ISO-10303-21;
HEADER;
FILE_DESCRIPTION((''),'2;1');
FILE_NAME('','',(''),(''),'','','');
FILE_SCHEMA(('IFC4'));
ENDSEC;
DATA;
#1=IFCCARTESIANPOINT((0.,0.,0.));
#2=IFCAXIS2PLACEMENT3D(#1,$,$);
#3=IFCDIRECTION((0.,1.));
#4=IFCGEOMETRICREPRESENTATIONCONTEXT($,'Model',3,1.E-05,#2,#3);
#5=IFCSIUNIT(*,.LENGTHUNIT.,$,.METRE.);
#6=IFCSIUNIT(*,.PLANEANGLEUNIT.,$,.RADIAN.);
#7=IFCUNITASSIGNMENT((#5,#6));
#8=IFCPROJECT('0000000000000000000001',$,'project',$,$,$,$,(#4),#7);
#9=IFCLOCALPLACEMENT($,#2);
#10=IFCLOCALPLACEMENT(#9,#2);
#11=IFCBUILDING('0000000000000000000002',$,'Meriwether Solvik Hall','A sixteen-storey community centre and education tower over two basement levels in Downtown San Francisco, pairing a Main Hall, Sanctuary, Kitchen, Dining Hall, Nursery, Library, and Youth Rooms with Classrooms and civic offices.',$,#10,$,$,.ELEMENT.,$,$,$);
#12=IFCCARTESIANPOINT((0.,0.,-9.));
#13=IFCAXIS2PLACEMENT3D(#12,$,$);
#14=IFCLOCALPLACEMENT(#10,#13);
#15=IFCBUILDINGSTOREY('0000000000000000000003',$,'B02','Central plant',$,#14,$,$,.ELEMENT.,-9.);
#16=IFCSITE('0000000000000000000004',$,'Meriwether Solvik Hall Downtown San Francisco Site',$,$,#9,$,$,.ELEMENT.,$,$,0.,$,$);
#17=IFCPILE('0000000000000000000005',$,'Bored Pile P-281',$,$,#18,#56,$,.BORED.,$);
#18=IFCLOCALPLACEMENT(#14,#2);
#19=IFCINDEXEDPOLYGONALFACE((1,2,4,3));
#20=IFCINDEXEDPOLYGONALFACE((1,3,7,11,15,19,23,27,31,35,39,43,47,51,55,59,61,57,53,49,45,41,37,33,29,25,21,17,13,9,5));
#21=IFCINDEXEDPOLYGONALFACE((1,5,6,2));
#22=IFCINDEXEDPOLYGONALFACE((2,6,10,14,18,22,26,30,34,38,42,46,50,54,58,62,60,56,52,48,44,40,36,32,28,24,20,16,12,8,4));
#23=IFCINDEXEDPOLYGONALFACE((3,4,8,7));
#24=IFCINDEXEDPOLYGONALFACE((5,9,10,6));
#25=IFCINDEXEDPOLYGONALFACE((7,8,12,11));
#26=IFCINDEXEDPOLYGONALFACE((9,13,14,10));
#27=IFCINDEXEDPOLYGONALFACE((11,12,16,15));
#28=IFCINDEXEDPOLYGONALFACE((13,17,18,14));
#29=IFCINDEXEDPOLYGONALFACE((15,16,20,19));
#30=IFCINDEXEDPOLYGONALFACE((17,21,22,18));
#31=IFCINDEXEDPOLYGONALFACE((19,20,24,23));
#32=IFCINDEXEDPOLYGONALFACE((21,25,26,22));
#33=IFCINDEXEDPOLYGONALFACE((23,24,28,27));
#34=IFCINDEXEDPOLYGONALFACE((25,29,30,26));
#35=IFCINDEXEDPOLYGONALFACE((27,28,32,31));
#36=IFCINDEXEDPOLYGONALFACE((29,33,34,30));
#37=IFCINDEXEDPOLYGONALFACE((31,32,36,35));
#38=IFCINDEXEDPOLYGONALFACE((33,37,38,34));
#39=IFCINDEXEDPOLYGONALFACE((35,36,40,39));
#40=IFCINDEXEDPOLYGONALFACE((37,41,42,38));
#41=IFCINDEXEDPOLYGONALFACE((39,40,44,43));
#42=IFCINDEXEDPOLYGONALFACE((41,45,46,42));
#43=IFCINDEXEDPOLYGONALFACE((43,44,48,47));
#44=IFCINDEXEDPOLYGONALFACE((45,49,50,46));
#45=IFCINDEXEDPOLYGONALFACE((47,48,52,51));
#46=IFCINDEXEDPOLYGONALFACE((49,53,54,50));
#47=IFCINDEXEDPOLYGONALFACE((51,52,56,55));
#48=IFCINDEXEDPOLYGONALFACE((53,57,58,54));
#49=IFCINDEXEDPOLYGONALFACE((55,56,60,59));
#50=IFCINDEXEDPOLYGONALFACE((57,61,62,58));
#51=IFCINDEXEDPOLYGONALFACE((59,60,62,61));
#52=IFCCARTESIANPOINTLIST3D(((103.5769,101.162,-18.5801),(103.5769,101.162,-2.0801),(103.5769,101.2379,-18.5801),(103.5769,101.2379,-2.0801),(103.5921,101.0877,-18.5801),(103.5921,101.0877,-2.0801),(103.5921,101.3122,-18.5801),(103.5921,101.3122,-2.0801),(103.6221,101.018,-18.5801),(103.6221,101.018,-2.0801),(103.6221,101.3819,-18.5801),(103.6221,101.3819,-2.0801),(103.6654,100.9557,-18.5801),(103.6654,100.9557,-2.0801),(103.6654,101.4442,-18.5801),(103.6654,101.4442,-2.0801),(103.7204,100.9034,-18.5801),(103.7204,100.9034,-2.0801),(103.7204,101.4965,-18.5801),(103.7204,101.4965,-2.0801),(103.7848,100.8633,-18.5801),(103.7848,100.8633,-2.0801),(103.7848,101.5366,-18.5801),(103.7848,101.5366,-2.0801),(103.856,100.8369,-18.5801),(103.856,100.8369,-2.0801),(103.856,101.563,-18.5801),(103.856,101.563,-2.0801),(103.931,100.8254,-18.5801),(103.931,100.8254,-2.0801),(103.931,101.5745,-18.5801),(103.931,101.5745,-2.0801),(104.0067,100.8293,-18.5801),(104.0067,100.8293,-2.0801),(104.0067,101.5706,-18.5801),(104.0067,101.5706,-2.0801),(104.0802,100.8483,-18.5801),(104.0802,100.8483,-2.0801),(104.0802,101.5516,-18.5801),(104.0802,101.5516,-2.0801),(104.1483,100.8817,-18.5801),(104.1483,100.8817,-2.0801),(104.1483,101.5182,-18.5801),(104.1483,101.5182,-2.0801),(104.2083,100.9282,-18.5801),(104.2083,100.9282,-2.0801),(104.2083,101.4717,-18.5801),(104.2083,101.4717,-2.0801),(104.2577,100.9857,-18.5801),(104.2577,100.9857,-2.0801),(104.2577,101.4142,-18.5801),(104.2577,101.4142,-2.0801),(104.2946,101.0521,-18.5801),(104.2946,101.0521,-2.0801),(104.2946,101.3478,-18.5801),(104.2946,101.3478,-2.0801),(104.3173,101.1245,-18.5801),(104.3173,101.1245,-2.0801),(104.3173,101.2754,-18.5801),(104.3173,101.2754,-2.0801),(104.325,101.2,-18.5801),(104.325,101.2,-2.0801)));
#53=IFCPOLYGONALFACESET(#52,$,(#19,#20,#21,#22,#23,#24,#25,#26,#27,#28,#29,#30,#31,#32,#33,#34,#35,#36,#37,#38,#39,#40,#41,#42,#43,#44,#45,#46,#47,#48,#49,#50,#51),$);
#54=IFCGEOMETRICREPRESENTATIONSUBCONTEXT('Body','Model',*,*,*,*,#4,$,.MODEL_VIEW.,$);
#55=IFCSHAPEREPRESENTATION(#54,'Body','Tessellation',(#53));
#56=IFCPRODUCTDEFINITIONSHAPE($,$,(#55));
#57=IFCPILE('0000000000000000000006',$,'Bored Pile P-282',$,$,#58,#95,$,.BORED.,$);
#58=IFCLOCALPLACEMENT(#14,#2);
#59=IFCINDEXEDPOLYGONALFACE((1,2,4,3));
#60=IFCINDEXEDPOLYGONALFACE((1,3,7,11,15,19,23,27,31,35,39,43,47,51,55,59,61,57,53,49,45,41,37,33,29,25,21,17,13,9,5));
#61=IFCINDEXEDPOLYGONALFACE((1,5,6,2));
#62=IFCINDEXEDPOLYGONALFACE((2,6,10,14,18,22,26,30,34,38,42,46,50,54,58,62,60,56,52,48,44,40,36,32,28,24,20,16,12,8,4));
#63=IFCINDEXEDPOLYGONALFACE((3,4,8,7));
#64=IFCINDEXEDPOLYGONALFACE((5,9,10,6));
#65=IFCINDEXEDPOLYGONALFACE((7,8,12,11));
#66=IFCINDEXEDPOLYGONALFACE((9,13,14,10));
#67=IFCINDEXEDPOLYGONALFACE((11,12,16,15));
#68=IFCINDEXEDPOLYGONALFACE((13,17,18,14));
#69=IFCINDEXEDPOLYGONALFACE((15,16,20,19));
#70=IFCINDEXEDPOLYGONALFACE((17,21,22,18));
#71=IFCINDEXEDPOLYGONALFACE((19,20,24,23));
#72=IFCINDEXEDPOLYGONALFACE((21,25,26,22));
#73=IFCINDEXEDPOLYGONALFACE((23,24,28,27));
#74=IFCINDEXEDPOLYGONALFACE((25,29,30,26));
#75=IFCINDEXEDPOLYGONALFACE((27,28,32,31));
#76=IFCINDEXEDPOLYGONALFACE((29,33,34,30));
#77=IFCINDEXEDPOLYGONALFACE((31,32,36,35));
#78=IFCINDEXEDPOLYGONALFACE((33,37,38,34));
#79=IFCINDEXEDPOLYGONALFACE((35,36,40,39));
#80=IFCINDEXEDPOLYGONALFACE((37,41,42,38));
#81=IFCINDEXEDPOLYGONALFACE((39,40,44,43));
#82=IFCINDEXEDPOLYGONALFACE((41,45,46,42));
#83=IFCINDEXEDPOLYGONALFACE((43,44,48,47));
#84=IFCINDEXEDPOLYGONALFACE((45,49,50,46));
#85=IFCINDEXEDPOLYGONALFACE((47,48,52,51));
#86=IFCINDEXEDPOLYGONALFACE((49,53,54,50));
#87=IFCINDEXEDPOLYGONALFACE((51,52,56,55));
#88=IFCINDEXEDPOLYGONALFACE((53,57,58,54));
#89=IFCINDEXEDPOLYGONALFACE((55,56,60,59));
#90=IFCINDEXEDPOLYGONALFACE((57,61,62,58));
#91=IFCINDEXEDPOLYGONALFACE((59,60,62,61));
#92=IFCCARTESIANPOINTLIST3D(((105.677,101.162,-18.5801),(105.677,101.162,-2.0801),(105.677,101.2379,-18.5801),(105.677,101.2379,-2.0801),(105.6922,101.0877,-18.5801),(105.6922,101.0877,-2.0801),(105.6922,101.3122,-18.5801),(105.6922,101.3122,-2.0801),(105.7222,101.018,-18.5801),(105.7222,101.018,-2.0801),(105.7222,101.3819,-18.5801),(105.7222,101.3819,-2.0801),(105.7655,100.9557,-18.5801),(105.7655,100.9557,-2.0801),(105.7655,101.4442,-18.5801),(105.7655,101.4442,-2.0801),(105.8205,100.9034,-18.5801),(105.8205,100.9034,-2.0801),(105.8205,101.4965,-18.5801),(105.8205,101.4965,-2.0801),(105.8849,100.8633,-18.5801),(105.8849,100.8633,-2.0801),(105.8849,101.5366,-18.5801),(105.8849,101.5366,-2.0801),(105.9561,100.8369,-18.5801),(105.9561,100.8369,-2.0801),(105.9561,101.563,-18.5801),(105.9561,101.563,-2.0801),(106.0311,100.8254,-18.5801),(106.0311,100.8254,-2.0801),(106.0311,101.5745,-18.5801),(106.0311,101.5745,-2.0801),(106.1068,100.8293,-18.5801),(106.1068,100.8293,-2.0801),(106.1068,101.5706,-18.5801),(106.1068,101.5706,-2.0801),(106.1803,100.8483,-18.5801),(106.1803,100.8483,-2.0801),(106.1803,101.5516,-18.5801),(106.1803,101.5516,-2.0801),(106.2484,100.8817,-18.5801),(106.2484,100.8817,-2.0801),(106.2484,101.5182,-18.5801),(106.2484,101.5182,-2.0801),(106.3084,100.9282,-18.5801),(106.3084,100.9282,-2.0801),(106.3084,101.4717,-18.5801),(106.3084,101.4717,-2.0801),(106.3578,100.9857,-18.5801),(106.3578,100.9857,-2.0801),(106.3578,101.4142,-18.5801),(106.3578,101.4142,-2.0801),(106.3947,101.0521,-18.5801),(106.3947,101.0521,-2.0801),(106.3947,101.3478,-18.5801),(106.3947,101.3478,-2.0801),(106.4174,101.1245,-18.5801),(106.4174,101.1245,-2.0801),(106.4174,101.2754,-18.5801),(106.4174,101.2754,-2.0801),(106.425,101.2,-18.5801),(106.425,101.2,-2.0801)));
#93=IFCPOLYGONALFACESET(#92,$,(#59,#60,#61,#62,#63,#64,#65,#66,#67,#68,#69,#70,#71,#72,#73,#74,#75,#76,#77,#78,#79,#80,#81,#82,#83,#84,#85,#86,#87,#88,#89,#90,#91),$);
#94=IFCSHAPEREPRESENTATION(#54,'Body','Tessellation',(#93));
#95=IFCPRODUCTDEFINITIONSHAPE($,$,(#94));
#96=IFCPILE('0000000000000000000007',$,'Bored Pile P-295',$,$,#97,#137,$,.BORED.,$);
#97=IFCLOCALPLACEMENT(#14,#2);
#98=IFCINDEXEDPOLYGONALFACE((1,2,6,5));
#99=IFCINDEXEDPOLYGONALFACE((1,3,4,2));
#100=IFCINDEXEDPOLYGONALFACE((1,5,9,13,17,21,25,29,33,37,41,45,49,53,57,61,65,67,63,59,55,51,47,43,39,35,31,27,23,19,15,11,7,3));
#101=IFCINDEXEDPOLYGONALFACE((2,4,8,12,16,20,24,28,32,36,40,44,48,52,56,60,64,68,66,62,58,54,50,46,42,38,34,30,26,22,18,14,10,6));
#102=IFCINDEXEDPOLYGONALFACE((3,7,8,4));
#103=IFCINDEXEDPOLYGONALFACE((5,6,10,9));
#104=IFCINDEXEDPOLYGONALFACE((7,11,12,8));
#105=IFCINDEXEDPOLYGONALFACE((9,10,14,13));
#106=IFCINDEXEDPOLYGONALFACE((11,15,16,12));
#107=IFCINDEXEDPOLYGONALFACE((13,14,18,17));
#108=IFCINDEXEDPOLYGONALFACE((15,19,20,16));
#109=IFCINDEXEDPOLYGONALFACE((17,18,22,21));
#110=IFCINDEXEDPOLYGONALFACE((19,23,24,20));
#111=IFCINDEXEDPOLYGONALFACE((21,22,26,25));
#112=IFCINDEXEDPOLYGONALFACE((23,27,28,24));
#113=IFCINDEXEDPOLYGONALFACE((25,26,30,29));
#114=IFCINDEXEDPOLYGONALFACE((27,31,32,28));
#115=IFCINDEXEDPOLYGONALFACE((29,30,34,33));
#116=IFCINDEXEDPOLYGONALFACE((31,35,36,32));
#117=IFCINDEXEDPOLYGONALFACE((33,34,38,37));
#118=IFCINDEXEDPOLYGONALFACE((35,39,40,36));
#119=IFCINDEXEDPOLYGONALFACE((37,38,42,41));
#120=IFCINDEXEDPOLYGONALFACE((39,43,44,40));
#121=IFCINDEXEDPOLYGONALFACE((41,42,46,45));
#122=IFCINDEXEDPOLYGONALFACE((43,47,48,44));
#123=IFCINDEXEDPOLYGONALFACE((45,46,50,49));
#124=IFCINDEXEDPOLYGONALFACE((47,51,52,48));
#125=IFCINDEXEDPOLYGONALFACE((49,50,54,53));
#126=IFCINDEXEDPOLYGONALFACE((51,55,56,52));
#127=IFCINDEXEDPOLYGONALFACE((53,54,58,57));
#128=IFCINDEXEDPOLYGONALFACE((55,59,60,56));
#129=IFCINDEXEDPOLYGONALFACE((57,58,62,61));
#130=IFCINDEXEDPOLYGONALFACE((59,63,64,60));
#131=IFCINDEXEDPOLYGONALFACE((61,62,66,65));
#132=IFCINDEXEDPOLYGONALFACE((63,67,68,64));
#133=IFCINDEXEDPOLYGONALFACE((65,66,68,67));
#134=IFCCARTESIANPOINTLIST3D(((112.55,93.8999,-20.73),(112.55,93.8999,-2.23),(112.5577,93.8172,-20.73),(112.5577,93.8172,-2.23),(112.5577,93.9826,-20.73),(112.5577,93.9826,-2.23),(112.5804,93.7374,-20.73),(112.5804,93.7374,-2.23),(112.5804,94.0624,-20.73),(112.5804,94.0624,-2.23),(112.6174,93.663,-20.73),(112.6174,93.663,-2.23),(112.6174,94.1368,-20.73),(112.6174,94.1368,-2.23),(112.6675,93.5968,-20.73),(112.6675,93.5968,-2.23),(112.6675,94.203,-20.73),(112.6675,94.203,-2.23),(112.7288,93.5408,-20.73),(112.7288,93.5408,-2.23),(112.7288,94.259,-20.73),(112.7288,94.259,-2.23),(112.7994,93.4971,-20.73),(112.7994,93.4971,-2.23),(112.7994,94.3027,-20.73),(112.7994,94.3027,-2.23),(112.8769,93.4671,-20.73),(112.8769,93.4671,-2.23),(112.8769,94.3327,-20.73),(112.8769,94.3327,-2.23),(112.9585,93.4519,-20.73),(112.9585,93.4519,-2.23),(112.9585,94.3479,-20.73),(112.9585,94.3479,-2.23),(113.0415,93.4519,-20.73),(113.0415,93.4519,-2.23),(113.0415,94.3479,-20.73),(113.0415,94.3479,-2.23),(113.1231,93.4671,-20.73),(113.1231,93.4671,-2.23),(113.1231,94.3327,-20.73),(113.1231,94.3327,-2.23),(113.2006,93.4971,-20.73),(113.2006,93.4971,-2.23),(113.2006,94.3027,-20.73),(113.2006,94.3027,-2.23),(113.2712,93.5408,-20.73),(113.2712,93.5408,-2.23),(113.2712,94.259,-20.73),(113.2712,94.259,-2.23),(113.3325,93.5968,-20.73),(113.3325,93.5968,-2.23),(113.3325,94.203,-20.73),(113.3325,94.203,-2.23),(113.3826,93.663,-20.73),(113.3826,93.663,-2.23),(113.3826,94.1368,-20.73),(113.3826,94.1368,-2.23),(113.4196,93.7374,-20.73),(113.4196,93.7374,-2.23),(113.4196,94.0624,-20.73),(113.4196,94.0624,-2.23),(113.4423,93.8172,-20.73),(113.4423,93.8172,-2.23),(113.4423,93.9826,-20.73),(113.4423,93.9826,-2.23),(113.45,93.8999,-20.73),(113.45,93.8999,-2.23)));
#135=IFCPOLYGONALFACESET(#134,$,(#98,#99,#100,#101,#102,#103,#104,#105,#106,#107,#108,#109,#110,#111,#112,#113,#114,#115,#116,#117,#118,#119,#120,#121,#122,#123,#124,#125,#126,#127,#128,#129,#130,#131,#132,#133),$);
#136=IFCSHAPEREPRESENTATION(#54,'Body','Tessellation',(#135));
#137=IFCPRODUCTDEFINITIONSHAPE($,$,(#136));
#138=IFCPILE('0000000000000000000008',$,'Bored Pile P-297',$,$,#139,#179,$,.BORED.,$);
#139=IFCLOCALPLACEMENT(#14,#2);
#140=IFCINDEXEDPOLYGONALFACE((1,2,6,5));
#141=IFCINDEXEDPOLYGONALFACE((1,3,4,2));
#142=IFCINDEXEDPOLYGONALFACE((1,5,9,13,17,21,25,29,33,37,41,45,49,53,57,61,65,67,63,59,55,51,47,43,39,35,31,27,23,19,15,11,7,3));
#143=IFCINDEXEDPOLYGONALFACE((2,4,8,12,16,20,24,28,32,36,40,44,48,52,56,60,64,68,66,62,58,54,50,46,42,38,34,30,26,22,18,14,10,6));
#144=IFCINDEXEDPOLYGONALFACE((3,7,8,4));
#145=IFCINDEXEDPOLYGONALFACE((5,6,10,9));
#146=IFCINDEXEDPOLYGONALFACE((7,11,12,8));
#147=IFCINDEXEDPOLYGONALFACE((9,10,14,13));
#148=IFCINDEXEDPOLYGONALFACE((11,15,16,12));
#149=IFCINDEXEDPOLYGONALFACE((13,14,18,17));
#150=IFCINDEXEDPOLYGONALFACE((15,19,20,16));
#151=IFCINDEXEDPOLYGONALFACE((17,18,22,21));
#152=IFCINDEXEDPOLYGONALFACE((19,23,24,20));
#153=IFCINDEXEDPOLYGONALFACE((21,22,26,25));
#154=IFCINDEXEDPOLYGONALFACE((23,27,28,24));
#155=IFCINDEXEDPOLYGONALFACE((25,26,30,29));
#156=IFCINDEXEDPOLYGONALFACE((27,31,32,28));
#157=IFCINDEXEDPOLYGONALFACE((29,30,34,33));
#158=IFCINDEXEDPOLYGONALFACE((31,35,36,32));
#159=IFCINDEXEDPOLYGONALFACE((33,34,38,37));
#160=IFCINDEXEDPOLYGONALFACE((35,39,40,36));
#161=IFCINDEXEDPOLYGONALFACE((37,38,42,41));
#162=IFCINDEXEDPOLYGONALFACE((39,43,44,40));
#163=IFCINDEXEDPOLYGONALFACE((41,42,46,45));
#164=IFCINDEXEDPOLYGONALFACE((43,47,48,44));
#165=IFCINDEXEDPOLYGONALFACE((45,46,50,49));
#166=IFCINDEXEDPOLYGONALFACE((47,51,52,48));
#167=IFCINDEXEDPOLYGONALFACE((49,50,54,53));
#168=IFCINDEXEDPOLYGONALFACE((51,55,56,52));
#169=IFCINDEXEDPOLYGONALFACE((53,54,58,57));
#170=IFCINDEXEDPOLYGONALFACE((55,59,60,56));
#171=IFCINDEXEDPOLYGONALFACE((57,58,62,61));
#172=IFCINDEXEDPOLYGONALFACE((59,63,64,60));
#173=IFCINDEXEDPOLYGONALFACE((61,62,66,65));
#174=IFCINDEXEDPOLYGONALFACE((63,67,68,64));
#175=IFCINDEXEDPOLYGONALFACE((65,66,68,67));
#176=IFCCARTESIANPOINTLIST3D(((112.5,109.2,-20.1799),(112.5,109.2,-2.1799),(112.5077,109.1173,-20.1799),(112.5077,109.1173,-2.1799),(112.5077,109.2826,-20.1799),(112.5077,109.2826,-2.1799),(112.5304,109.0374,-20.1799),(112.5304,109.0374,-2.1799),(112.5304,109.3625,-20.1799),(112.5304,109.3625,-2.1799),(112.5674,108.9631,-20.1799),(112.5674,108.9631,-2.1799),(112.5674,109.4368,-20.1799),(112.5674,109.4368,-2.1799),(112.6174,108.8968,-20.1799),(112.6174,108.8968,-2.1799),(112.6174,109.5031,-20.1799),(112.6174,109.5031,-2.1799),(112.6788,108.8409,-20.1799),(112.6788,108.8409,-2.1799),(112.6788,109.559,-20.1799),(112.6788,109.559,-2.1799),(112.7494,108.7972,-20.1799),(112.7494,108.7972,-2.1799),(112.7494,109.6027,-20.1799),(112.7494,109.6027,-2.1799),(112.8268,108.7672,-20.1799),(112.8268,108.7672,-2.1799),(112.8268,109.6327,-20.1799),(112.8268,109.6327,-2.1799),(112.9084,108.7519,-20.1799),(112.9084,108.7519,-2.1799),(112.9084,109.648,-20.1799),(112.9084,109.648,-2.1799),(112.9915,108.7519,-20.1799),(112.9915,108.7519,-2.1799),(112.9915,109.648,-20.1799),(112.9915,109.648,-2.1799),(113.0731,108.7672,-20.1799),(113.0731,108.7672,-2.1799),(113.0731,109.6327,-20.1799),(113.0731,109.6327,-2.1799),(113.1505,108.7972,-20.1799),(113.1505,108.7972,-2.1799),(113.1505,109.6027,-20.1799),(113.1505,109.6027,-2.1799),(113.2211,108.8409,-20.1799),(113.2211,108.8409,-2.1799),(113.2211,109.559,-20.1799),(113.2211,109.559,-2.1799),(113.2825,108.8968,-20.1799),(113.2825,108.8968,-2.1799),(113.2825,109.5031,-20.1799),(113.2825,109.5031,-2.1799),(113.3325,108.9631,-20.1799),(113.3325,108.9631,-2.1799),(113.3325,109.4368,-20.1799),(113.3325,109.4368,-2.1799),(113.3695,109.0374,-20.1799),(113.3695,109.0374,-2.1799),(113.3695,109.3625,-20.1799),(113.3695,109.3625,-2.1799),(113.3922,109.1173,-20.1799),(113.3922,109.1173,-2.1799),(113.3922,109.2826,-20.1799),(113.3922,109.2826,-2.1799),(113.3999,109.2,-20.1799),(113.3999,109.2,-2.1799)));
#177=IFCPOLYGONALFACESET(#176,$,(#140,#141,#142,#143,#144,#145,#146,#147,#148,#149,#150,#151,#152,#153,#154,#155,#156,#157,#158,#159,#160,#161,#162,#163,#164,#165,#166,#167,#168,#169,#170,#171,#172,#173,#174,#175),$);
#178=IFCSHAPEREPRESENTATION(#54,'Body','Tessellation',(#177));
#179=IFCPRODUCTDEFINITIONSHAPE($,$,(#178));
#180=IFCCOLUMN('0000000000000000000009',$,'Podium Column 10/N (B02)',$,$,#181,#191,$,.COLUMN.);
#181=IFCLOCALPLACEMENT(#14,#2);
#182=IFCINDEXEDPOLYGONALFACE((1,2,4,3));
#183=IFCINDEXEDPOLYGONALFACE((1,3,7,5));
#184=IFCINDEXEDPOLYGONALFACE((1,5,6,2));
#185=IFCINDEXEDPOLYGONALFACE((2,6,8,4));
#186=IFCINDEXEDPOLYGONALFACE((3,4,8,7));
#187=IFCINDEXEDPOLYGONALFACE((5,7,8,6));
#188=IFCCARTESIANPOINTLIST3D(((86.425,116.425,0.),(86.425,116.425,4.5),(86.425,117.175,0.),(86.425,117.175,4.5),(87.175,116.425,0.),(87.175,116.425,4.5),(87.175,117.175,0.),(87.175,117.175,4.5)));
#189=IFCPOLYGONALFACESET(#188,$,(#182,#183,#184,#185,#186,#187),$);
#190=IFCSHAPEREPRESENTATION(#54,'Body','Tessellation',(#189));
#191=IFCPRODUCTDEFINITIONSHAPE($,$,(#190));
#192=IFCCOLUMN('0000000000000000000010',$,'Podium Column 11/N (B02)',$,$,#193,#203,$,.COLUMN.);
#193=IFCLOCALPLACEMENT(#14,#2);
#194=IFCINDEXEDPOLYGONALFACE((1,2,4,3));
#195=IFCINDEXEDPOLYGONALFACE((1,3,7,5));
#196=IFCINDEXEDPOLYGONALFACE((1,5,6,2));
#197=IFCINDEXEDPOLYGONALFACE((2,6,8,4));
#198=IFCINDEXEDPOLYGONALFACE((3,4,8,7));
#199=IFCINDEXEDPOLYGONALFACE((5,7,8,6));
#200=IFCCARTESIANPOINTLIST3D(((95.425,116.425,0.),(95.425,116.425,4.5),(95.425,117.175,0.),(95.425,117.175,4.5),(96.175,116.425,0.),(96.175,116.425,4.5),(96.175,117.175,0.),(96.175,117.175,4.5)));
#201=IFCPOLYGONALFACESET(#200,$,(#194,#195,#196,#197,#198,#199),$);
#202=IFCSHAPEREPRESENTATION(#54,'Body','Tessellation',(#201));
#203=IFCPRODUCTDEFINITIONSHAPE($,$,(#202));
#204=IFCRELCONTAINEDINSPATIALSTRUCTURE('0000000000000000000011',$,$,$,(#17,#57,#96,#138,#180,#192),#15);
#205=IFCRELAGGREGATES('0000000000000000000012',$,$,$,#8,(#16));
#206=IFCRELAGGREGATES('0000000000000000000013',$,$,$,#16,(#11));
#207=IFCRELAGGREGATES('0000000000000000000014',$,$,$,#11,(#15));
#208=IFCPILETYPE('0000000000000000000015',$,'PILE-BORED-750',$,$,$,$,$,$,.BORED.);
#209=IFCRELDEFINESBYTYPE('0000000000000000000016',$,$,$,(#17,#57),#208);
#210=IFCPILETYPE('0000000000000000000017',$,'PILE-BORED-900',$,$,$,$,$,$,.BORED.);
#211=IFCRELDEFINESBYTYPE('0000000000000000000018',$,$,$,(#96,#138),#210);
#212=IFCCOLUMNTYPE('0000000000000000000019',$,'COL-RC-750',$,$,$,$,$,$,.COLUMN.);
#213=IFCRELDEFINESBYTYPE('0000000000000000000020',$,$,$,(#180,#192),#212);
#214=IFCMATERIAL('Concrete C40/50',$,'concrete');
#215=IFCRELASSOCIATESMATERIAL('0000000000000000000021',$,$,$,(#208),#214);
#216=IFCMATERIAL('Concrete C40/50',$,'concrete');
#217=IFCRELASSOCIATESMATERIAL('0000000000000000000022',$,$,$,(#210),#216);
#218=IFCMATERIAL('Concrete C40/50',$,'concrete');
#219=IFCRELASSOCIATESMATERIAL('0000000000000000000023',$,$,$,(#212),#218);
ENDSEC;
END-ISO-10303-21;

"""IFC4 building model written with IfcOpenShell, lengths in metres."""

from ifc_helpers import new_model, si_unit, direction, frame, origin, origin_2d, place, context, subcontext, project, spatial, rectangle, circle, extrude, material, material_profile, profile_set, type_object, element, save


model = new_model("IFC4")

# Units and contexts
model_context = context("Model", 3, precision=1e-05, world=origin(), true_north=direction((0.0, 1.0)))
body_context = subcontext(model_context, "Body", "Model", "MODEL_VIEW")
ifc_project = project(units=[si_unit("LENGTHUNIT", "METRE"), si_unit("PLANEANGLEUNIT", "RADIAN")], contexts=[model_context])

# Site, building, storey
site_placement = place(None, origin())
site = spatial("IfcSite", under=ifc_project, at=site_placement, Name="Meriwether Solvik Hall Downtown San Francisco Site", CompositionType="ELEMENT", RefElevation=0.0)
building_placement = place(site_placement, origin())
building = spatial("IfcBuilding", under=site, at=building_placement, Name="Meriwether Solvik Hall", Description="A sixteen-storey community centre and education tower over two basement levels in Downtown San Francisco, pairing a Main Hall, Sanctuary, Kitchen, Dining Hall, Nursery, Library, and Youth Rooms with Classrooms and civic offices.", CompositionType="ELEMENT")
storey_placement = place(building_placement, frame((0.0, 0.0, -9.0)))
storey = spatial("IfcBuildingStorey", under=building, at=storey_placement, Name="B02", Description="Central plant", CompositionType="ELEMENT", Elevation=-9.0)

# Piles
ifc_material_1 = material(Name="Concrete C40/50", Category="concrete")
ifc_material_profile_1 = material_profile(ifc_material_1, circle(Radius=0.375, at=origin_2d()), Name="PILE-D750")
ifc_profile_set_1 = profile_set([ifc_material_profile_1], Name="Concrete C40/50")
pile_type_1 = type_object("IfcPileType", Name="PILE-BORED-750", PredefinedType="BORED", material=ifc_profile_set_1)
for number, where, z_axis, x_axis, name in (
    (1, (103.95, 101.2, -2.0801), (0.0, 0.0, -1.0), (1.0, 0.0, 0.0), "Bored Pile P-281"),
    (2, (106.05, 101.2, -2.0801), (0.0, 0.0, -1.0), (1.0, 0.0, 0.0), "Bored Pile P-282"),
):
    element("IfcPile", number, at=place(storey_placement, frame(where, z_axis=z_axis, x_axis=x_axis)), inside=storey, type_object=pile_type_1, Name=name, PredefinedType="BORED", context=body_context, shape_type="SweptSolid", body=[
        extrude(circle(Radius=0.375, at=origin_2d()), origin(), (0.0, 0.0, 1.0), 16.5),
    ])
ifc_material_2 = material(Name="Concrete C40/50", Category="concrete")
ifc_material_profile_2 = material_profile(ifc_material_2, circle(Radius=0.45, at=origin_2d()), Name="PILE-D900")
ifc_profile_set_2 = profile_set([ifc_material_profile_2], Name="Concrete C40/50")
pile_type_2 = type_object("IfcPileType", Name="PILE-BORED-900", PredefinedType="BORED", material=ifc_profile_set_2)
pile_1_placement = place(storey_placement, frame((113.0, 93.8999, -2.23), z_axis=(0.0, 0.0, -1.0), x_axis=(1.0, 0.0, 0.0)))
element("IfcPile", 3, at=pile_1_placement, inside=storey, type_object=pile_type_2, Name="Bored Pile P-295", PredefinedType="BORED", context=body_context, shape_type="SweptSolid", body=[
    extrude(circle(Radius=0.45, at=origin_2d()), origin(), (0.0, 0.0, 1.0), 18.5),
])
pile_2_placement = place(storey_placement, frame((112.95, 109.2, -2.1799), z_axis=(0.0, 0.0, -1.0), x_axis=(1.0, 0.0, 0.0)))
element("IfcPile", 4, at=pile_2_placement, inside=storey, type_object=pile_type_2, Name="Bored Pile P-297", PredefinedType="BORED", context=body_context, shape_type="SweptSolid", body=[
    extrude(circle(Radius=0.45, at=origin_2d()), origin(), (0.0, 0.0, 1.0), 18.0),
])

# Columns
ifc_material_3 = material(Name="Concrete C40/50", Category="concrete")
ifc_material_profile_3 = material_profile(ifc_material_3, rectangle(XDim=0.75, YDim=0.75, at=origin_2d()), Name="RCC-750X750")
ifc_profile_set_3 = profile_set([ifc_material_profile_3], Name="Concrete C40/50")
column_type_1 = type_object("IfcColumnType", Name="COL-RC-750", PredefinedType="COLUMN", material=ifc_profile_set_3)
for number, where, z_axis, x_axis, name in (
    (5, (86.8, 116.8, 0.0), (0.0, 0.0, 1.0), (1.0, 0.0, 0.0), "Podium Column 10/N (B02)"),
    (6, (95.8, 116.8, 0.0), (0.0, 0.0, 1.0), (1.0, 0.0, 0.0), "Podium Column 11/N (B02)"),
):
    element("IfcColumn", number, at=place(storey_placement, frame(where, z_axis=z_axis, x_axis=x_axis)), inside=storey, type_object=column_type_1, Name=name, PredefinedType="COLUMN", context=body_context, shape_type="SweptSolid", body=[
        extrude(rectangle(XDim=0.75, YDim=0.75, at=origin_2d()), origin(), (0.0, 0.0, 1.0), 4.5),
    ])

save(model, "model.ifc")
